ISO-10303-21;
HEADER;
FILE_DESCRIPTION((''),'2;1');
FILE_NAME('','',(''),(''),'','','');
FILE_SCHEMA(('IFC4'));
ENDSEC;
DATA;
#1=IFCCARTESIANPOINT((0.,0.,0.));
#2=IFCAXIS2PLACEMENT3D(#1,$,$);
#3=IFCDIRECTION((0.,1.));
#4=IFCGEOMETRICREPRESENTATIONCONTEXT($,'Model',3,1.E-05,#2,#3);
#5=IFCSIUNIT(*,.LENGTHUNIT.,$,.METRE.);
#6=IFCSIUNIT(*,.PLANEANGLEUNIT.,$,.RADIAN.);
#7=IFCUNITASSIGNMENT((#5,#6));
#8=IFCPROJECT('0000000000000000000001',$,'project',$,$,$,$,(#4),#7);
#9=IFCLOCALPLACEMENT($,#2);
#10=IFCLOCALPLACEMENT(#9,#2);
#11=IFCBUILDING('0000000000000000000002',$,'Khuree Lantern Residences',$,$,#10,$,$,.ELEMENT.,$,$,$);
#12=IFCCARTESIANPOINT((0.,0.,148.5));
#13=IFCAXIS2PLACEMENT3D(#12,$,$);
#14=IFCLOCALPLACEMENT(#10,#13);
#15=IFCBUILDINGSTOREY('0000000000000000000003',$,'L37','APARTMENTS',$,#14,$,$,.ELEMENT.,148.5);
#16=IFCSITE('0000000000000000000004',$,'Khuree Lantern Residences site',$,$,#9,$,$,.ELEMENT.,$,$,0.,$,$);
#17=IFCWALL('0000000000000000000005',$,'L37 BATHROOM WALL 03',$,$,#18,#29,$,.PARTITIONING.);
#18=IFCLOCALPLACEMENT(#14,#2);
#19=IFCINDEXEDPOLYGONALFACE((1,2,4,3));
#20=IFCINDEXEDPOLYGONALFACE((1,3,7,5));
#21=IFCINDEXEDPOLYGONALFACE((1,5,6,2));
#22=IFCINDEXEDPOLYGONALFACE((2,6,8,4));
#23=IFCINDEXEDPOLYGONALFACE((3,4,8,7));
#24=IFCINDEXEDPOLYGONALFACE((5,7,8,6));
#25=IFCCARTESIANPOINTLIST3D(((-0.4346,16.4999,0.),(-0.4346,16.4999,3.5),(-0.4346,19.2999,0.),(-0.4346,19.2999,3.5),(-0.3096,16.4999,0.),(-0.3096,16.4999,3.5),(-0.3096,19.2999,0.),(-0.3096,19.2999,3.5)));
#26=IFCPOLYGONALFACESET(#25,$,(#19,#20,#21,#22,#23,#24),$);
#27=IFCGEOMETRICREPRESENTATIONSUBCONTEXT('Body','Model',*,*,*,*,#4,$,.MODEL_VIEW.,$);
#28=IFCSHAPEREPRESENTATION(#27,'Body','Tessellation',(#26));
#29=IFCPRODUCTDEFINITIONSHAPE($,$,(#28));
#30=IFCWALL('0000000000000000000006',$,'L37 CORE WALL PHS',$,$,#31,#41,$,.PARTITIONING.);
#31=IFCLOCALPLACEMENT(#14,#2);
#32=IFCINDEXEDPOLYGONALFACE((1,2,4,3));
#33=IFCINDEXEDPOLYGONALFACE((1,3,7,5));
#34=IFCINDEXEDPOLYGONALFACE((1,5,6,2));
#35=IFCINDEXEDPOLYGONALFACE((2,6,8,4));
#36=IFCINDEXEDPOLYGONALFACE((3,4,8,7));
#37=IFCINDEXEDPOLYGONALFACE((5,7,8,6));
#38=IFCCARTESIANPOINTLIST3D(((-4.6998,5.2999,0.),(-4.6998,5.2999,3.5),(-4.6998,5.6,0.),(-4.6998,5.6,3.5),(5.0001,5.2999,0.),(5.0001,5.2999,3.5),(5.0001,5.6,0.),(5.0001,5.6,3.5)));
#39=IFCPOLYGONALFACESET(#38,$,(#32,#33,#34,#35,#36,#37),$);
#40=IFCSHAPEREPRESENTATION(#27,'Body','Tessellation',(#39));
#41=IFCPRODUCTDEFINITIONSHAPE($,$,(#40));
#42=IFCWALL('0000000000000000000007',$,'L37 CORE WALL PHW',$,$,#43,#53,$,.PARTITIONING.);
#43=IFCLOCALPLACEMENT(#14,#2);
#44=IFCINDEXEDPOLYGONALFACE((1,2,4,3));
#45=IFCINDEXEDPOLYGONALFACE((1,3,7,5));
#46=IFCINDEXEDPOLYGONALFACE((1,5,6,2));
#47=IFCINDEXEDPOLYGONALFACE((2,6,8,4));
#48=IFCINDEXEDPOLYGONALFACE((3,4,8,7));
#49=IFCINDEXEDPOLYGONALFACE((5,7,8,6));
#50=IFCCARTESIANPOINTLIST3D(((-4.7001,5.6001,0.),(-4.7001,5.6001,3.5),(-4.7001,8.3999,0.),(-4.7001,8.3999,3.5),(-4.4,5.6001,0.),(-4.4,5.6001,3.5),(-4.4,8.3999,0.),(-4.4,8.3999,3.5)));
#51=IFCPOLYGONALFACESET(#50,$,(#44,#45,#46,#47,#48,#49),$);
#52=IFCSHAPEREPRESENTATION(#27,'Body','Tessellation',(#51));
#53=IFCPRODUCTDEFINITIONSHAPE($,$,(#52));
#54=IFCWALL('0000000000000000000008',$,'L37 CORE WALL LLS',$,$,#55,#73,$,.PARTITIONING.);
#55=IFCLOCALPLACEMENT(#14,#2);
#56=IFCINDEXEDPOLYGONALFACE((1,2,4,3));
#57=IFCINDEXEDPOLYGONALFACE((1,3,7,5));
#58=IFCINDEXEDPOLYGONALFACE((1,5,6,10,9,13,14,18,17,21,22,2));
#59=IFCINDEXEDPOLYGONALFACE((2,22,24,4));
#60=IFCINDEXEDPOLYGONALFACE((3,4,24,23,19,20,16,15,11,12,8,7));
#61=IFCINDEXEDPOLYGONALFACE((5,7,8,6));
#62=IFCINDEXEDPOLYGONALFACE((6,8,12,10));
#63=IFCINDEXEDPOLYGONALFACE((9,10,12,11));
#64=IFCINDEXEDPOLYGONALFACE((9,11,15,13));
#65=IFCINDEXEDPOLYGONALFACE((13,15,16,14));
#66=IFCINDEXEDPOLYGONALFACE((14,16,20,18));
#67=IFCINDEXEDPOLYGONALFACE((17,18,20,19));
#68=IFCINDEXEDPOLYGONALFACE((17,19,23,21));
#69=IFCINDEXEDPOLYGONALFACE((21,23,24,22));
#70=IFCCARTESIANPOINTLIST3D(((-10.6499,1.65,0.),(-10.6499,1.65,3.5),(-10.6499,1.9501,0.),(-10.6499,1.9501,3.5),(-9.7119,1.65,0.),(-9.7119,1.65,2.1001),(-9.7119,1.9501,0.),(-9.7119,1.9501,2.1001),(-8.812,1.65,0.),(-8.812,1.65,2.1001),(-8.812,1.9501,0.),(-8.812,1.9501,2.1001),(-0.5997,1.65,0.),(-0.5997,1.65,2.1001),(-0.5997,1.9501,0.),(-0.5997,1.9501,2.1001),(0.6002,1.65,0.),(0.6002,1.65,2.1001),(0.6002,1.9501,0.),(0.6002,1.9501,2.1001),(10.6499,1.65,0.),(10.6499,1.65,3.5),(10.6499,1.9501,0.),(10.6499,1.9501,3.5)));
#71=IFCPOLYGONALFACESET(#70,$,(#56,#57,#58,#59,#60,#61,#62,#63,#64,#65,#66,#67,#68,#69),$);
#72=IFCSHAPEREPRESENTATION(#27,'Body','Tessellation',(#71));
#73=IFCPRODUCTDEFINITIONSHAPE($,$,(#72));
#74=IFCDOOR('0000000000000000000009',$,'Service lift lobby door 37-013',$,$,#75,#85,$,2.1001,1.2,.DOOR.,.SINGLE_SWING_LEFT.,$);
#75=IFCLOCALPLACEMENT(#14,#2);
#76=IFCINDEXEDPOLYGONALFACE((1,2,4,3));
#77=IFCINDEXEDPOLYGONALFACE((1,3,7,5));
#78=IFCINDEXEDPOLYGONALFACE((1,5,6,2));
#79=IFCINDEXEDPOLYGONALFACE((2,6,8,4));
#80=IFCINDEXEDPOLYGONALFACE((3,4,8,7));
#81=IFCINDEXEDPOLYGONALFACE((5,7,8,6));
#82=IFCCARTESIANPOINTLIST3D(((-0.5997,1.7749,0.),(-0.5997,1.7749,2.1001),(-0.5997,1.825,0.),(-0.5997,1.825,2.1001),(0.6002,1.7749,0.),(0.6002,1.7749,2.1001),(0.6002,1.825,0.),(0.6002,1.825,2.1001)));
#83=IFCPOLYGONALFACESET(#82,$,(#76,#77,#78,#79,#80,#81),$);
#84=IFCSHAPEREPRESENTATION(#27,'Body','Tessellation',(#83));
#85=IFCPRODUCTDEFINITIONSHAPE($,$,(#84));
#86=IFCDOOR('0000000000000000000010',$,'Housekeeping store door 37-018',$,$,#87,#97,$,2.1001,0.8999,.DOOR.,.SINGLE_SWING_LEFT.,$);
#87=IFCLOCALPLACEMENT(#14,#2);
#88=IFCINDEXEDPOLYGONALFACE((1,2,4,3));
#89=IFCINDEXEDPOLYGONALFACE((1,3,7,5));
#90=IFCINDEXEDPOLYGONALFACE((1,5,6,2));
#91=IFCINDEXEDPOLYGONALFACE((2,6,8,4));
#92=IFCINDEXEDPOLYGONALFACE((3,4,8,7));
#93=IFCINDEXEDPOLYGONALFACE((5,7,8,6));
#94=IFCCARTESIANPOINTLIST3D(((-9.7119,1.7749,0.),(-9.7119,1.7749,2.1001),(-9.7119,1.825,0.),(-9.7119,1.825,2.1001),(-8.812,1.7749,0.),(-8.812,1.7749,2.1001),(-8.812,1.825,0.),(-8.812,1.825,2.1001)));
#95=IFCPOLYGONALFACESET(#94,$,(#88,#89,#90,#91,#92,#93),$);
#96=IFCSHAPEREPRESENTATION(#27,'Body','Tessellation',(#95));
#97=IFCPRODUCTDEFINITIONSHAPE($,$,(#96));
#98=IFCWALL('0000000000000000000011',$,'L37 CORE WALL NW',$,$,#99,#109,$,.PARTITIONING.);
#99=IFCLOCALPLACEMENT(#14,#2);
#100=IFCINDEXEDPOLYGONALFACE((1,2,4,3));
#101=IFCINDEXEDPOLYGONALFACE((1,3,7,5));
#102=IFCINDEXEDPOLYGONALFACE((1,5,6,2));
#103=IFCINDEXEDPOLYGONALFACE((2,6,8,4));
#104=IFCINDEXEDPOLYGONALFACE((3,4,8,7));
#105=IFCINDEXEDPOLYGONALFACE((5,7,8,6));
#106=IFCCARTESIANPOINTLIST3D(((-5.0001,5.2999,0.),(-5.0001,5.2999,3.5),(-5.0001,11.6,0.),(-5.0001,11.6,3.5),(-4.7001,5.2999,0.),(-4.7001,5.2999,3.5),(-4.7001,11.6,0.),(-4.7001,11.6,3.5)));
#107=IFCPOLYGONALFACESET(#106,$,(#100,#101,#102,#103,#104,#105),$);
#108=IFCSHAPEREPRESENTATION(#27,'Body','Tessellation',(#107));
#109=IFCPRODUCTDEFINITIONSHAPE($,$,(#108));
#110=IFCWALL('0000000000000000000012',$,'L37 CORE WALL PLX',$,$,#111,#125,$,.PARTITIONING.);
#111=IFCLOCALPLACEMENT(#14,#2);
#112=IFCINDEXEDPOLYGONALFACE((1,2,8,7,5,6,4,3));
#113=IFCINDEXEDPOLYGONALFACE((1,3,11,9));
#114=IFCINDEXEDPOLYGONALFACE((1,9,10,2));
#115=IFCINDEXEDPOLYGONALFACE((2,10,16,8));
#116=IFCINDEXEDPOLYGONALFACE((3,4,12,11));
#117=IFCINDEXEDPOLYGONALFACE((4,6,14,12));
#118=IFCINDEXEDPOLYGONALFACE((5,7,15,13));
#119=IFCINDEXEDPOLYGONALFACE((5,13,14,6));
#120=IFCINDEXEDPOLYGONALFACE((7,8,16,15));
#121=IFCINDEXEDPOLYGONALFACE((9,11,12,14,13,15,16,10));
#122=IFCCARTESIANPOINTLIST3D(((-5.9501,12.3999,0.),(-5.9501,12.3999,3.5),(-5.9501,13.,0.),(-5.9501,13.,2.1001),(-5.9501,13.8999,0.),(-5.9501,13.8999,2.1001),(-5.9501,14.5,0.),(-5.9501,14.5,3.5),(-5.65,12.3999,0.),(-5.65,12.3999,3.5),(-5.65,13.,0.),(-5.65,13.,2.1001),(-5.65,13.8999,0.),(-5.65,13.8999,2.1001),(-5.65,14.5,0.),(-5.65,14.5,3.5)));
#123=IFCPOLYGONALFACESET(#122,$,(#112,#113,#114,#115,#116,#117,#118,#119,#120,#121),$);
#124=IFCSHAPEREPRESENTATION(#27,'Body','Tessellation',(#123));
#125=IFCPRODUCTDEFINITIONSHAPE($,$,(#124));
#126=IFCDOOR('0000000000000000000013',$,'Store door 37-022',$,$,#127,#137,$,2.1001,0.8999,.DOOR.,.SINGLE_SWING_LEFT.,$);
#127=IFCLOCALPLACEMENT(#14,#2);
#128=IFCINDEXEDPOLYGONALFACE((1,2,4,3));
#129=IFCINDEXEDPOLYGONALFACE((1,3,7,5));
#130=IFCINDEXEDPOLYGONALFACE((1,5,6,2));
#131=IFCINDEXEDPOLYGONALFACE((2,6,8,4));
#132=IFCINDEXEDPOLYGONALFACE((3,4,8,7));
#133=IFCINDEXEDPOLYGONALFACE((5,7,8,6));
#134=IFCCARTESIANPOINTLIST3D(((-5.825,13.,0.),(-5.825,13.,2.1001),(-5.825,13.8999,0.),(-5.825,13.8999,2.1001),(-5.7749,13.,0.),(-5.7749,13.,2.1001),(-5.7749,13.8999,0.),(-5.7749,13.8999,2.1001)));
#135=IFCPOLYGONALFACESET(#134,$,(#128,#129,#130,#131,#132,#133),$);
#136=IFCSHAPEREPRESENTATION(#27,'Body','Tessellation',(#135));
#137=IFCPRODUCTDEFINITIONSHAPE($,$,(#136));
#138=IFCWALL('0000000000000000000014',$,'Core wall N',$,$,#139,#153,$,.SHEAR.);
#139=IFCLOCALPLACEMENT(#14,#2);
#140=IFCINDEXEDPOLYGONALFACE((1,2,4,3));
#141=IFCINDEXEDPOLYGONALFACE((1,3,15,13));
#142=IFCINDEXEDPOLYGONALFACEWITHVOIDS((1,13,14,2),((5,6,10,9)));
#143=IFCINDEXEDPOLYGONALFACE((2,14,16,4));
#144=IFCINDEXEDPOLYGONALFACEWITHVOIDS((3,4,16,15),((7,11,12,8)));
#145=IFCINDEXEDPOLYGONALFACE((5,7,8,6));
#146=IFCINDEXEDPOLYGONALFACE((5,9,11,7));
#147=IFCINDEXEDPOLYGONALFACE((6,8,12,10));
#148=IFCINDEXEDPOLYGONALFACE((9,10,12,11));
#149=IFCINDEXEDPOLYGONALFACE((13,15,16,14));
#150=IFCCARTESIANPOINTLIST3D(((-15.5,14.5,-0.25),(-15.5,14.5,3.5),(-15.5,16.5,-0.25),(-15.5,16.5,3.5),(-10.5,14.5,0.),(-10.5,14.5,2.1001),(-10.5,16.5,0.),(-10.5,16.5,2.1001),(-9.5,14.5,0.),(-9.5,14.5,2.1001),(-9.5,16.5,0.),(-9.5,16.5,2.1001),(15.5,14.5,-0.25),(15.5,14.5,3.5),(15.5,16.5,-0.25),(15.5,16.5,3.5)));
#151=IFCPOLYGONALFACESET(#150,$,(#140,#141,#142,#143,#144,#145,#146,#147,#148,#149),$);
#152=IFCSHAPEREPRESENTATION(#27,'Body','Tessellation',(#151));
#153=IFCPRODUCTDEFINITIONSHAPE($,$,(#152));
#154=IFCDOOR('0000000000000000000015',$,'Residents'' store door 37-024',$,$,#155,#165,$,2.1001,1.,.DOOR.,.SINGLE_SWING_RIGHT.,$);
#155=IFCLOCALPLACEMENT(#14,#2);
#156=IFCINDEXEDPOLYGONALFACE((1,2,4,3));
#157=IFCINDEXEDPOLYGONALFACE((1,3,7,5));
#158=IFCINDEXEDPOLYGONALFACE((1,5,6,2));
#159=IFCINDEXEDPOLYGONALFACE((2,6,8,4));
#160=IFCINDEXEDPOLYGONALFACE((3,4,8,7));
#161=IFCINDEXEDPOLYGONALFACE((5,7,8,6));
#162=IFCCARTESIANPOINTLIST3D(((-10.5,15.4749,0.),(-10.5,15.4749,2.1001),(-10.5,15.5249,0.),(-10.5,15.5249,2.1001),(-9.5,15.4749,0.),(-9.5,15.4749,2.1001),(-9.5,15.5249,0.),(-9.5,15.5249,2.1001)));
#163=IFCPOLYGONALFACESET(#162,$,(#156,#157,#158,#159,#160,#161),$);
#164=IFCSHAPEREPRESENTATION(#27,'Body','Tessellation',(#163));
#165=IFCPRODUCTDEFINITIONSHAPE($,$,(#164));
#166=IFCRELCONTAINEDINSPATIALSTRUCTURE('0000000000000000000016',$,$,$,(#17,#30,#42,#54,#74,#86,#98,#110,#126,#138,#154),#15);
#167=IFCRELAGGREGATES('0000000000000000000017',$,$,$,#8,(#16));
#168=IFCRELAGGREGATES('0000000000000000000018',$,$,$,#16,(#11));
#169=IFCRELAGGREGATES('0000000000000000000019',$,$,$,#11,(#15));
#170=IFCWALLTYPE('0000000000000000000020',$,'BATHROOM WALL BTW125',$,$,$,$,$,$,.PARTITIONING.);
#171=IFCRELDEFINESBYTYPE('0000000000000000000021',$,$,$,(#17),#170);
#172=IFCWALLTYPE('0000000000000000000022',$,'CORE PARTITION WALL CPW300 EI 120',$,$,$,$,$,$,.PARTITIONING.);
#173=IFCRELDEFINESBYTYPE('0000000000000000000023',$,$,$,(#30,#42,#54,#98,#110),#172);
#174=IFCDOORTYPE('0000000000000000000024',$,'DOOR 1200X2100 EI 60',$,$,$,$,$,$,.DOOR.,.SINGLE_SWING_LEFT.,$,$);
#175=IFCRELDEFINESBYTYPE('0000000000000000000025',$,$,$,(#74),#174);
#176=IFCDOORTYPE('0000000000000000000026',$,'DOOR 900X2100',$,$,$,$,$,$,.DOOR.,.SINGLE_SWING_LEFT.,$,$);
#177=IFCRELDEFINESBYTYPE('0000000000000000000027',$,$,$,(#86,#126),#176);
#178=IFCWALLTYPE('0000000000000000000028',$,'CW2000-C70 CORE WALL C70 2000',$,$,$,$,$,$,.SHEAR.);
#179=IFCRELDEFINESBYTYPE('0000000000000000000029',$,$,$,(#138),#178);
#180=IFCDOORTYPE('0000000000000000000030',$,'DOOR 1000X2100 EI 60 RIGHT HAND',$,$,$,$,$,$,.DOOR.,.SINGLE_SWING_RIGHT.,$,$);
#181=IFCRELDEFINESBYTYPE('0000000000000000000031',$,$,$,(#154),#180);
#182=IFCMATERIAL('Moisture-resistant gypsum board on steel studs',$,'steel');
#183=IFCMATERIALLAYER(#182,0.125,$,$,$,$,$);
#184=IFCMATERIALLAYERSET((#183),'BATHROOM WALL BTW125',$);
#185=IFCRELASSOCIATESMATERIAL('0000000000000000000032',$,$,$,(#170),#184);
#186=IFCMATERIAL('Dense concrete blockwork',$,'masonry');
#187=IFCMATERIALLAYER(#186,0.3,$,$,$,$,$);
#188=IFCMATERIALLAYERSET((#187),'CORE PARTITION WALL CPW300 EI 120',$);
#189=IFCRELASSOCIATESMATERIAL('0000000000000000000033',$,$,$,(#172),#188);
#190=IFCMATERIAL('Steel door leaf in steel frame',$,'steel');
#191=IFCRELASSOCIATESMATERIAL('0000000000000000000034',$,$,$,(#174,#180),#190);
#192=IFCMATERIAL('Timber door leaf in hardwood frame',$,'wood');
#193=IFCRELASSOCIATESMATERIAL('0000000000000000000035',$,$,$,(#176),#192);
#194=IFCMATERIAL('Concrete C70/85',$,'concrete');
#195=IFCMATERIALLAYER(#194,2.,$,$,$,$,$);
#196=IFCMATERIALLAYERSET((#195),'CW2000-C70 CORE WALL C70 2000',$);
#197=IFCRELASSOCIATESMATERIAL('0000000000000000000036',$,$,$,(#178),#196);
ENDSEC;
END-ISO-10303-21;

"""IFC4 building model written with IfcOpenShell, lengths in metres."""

from ifc_helpers import new_model, si_unit, direction, frame, frame_2d, origin, place, context, subcontext, project, spatial, rectangle, extrude, material, layer, layer_set, type_object, element, fill, save


model = new_model("IFC4")

# Units and contexts
model_context = context("Model", 3, precision=1e-05, world=origin(), true_north=direction((0.0, 1.0)))
body_context = subcontext(model_context, "Body", "Model", "MODEL_VIEW")
ifc_project = project(units=[si_unit("LENGTHUNIT", "METRE"), si_unit("PLANEANGLEUNIT", "RADIAN")], contexts=[model_context])

# Site, building, storey
site_placement = place(None, origin())
site = spatial("IfcSite", under=ifc_project, at=site_placement, Name="Khuree Lantern Residences site", CompositionType="ELEMENT", RefElevation=0.0)
building_placement = place(site_placement, origin())
building = spatial("IfcBuilding", under=site, at=building_placement, Name="Khuree Lantern Residences", CompositionType="ELEMENT")
storey_placement = place(building_placement, frame((0.0, 0.0, 148.5)))
storey = spatial("IfcBuildingStorey", under=building, at=storey_placement, Name="L37", Description="APARTMENTS", CompositionType="ELEMENT", Elevation=148.5)

# Walls
ifc_material_1 = material(Name="Moisture-resistant gypsum board on steel studs", Category="steel")
ifc_layer_1 = layer(ifc_material_1, 0.125)
ifc_layer_set_1 = layer_set([ifc_layer_1], Name="BATHROOM WALL BTW125")
wall_type_1 = type_object("IfcWallType", Name="BATHROOM WALL BTW125", PredefinedType="PARTITIONING", material=ifc_layer_set_1)
wall_1_placement = place(storey_placement, frame((-0.3721, 16.5, 0.0), z_axis=(0.0, 0.0, 1.0), x_axis=(0.0, 1.0, 0.0)))
element("IfcWall", 1, at=wall_1_placement, inside=storey, type_object=wall_type_1, Name="L37 BATHROOM WALL 03", PredefinedType="PARTITIONING", context=body_context, shape_type="SweptSolid", body=[
    extrude(rectangle(XDim=2.8, YDim=0.125, at=frame_2d((1.3999, 0.0))), origin(), (0.0, 0.0, 1.0), 3.5),
])
ifc_material_2 = material(Name="Dense concrete blockwork", Category="masonry")
ifc_layer_2 = layer(ifc_material_2, 0.3)
ifc_layer_set_2 = layer_set([ifc_layer_2], Name="CORE PARTITION WALL CPW300 EI 120")
wall_type_2 = type_object("IfcWallType", Name="CORE PARTITION WALL CPW300 EI 120", PredefinedType="PARTITIONING", material=ifc_layer_set_2)
wall_2_placement = place(storey_placement, frame((-4.7, 5.45, 0.0), z_axis=(0.0, 0.0, 1.0), x_axis=(1.0, 0.0, 0.0)))
element("IfcWall", 2, at=wall_2_placement, inside=storey, type_object=wall_type_2, Name="L37 CORE WALL PHS", PredefinedType="PARTITIONING", context=body_context, shape_type="SweptSolid", body=[
    extrude(rectangle(XDim=9.7, YDim=0.3, at=frame_2d((4.8501, 0.0))), origin(), (0.0, 0.0, 1.0), 3.5),
])
wall_3_placement = place(storey_placement, frame((-4.55, 5.6001, 0.0), z_axis=(0.0, 0.0, 1.0), x_axis=(0.0, 1.0, 0.0)))
element("IfcWall", 3, at=wall_3_placement, inside=storey, type_object=wall_type_2, Name="L37 CORE WALL PHW", PredefinedType="PARTITIONING", context=body_context, shape_type="SweptSolid", body=[
    extrude(rectangle(XDim=2.7998, YDim=0.3, at=frame_2d((1.3999, 0.0))), origin(), (0.0, 0.0, 1.0), 3.5),
])

# Wall, openings, doors
wall_4_placement = place(storey_placement, frame((-10.6499, 1.8, 0.0), z_axis=(0.0, 0.0, 1.0), x_axis=(1.0, 0.0, 0.0)))
wall_4 = element("IfcWall", 4, at=wall_4_placement, inside=storey, type_object=wall_type_2, Name="L37 CORE WALL LLS", PredefinedType="PARTITIONING", context=body_context, shape_type="SweptSolid", body=[
    extrude(rectangle(XDim=21.2998, YDim=0.3, at=frame_2d((10.6499, 0.0))), origin(), (0.0, 0.0, 1.0), 3.5),
])
opening_1_placement = place(wall_4_placement, frame((10.05, 0.0, 0.0)))
opening_1 = element("IfcOpeningElement", 5, at=opening_1_placement, cuts=wall_4, PredefinedType="OPENING", context=body_context, shape_type="SweptSolid", body=[
    extrude(rectangle(XDim=1.2, YDim=2.1001, at=frame_2d((0.6001, 1.05))), frame((0.0, 0.1602, 0.0), z_axis=(0.0, -1.0, 0.0), x_axis=(1.0, 0.0, 0.0)), (0.0, 0.0, 1.0), 0.3201),
])
opening_2_placement = place(wall_4_placement, frame((0.938, 0.0, 0.0)))
opening_2 = element("IfcOpeningElement", 6, at=opening_2_placement, cuts=wall_4, PredefinedType="OPENING", context=body_context, shape_type="SweptSolid", body=[
    extrude(rectangle(XDim=0.8999, YDim=2.1001, at=frame_2d((0.45, 1.05))), frame((0.0, 0.1602, 0.0), z_axis=(0.0, -1.0, 0.0), x_axis=(1.0, 0.0, 0.0)), (0.0, 0.0, 1.0), 0.3201),
])
ifc_material_3 = material(Name="Steel door leaf in steel frame", Category="steel")
door_type_1 = type_object("IfcDoorType", Name="DOOR 1200X2100 EI 60", OperationType="SINGLE_SWING_LEFT", PredefinedType="DOOR", material=ifc_material_3)
door_1_placement = place(opening_1_placement, origin())
door_1 = element("IfcDoor", 7, at=door_1_placement, inside=storey, type_object=door_type_1, Name="Service lift lobby door 37-013", OperationType="SINGLE_SWING_LEFT", OverallHeight=2.1001, OverallWidth=1.2, PredefinedType="DOOR", context=body_context, shape_type="SweptSolid", body=[
    extrude(rectangle(XDim=1.2, YDim=2.1001, at=frame_2d((0.6001, 1.05))), frame((0.0, 0.0249, 0.0), z_axis=(0.0, -1.0, 0.0), x_axis=(1.0, 0.0, 0.0)), (0.0, 0.0, 1.0), 0.05),
])
fill(opening_1, door_1)
ifc_material_4 = material(Name="Timber door leaf in hardwood frame", Category="wood")
door_type_2 = type_object("IfcDoorType", Name="DOOR 900X2100", OperationType="SINGLE_SWING_LEFT", PredefinedType="DOOR", material=ifc_material_4)
door_2_placement = place(opening_2_placement, origin())
door_2 = element("IfcDoor", 8, at=door_2_placement, inside=storey, type_object=door_type_2, Name="Housekeeping store door 37-018", OperationType="SINGLE_SWING_LEFT", OverallHeight=2.1001, OverallWidth=0.8999, PredefinedType="DOOR", context=body_context, shape_type="SweptSolid", body=[
    extrude(rectangle(XDim=0.8999, YDim=2.1001, at=frame_2d((0.45, 1.05))), frame((0.0, 0.0249, 0.0), z_axis=(0.0, -1.0, 0.0), x_axis=(1.0, 0.0, 0.0)), (0.0, 0.0, 1.0), 0.05),
])
fill(opening_2, door_2)

# Wall
wall_5_placement = place(storey_placement, frame((-4.8501, 5.3, 0.0), z_axis=(0.0, 0.0, 1.0), x_axis=(0.0, 1.0, 0.0)))
element("IfcWall", 9, at=wall_5_placement, inside=storey, type_object=wall_type_2, Name="L37 CORE WALL NW", PredefinedType="PARTITIONING", context=body_context, shape_type="SweptSolid", body=[
    extrude(rectangle(XDim=6.3, YDim=0.3, at=frame_2d((3.1499, 0.0))), origin(), (0.0, 0.0, 1.0), 3.5),
])

# Walls, openings, doors
wall_6_placement = place(storey_placement, frame((-5.8, 12.3999, 0.0), z_axis=(0.0, 0.0, 1.0), x_axis=(0.0, 1.0, 0.0)))
wall_6 = element("IfcWall", 10, at=wall_6_placement, inside=storey, type_object=wall_type_2, Name="L37 CORE WALL PLX", PredefinedType="PARTITIONING", context=body_context, shape_type="SweptSolid", body=[
    extrude(rectangle(XDim=2.1001, YDim=0.3, at=frame_2d((1.05, 0.0))), origin(), (0.0, 0.0, 1.0), 3.5),
])
opening_3_placement = place(wall_6_placement, frame((0.6001, 0.0, 0.0)))
opening_3 = element("IfcOpeningElement", 11, at=opening_3_placement, cuts=wall_6, PredefinedType="OPENING", context=body_context, shape_type="SweptSolid", body=[
    extrude(rectangle(XDim=0.8999, YDim=2.1001, at=frame_2d((0.45, 1.05))), frame((0.0, 0.1602, 0.0), z_axis=(0.0, -1.0, 0.0), x_axis=(1.0, 0.0, 0.0)), (0.0, 0.0, 1.0), 0.3201),
])
door_3_placement = place(opening_3_placement, origin())
door_3 = element("IfcDoor", 12, at=door_3_placement, inside=storey, type_object=door_type_2, Name="Store door 37-022", OperationType="SINGLE_SWING_LEFT", OverallHeight=2.1001, OverallWidth=0.8999, PredefinedType="DOOR", context=body_context, shape_type="SweptSolid", body=[
    extrude(rectangle(XDim=0.8999, YDim=2.1001, at=frame_2d((0.45, 1.05))), frame((0.0, 0.0249, 0.0), z_axis=(0.0, -1.0, 0.0), x_axis=(1.0, 0.0, 0.0)), (0.0, 0.0, 1.0), 0.05),
])
fill(opening_3, door_3)
ifc_material_5 = material(Name="Concrete C70/85", Category="concrete")
ifc_layer_3 = layer(ifc_material_5, 2.0)
ifc_layer_set_3 = layer_set([ifc_layer_3], Name="CW2000-C70 CORE WALL C70 2000")
wall_type_3 = type_object("IfcWallType", Name="CW2000-C70 CORE WALL C70 2000", PredefinedType="SHEAR", material=ifc_layer_set_3)
wall_7_placement = place(storey_placement, frame((-15.5, 15.5, -0.25), z_axis=(0.0, 0.0, 1.0), x_axis=(1.0, 0.0, 0.0)))
wall_7 = element("IfcWall", 13, at=wall_7_placement, inside=storey, type_object=wall_type_3, Name="Core wall N", PredefinedType="SHEAR", context=body_context, shape_type="SweptSolid", body=[
    extrude(rectangle(XDim=31.0, YDim=2.0, at=frame_2d((15.5, 0.0))), origin(), (0.0, 0.0, 1.0), 3.75),
])
opening_4_placement = place(wall_7_placement, frame((5.0, 0.0, 0.25)))
opening_4 = element("IfcOpeningElement", 14, at=opening_4_placement, cuts=wall_7, PredefinedType="OPENING", context=body_context, shape_type="SweptSolid", body=[
    extrude(rectangle(XDim=1.0, YDim=2.1001, at=frame_2d((0.5, 1.05))), frame((0.0, 1.01, 0.0), z_axis=(0.0, -1.0, 0.0), x_axis=(1.0, 0.0, 0.0)), (0.0, 0.0, 1.0), 2.02),
])
door_type_3 = type_object("IfcDoorType", Name="DOOR 1000X2100 EI 60 RIGHT HAND", OperationType="SINGLE_SWING_RIGHT", PredefinedType="DOOR", material=ifc_material_3)
door_4_placement = place(opening_4_placement, origin())
door_4 = element("IfcDoor", 15, at=door_4_placement, inside=storey, type_object=door_type_3, Name="Residents' store door 37-024", OperationType="SINGLE_SWING_RIGHT", OverallHeight=2.1001, OverallWidth=1.0, PredefinedType="DOOR", context=body_context, shape_type="SweptSolid", body=[
    extrude(rectangle(XDim=1.0, YDim=2.1001, at=frame_2d((0.5, 1.05))), frame((0.0, 0.0249, 0.0), z_axis=(0.0, -1.0, 0.0), x_axis=(1.0, 0.0, 0.0)), (0.0, 0.0, 1.0), 0.05),
])
fill(opening_4, door_4)

save(model, "model.ifc")
